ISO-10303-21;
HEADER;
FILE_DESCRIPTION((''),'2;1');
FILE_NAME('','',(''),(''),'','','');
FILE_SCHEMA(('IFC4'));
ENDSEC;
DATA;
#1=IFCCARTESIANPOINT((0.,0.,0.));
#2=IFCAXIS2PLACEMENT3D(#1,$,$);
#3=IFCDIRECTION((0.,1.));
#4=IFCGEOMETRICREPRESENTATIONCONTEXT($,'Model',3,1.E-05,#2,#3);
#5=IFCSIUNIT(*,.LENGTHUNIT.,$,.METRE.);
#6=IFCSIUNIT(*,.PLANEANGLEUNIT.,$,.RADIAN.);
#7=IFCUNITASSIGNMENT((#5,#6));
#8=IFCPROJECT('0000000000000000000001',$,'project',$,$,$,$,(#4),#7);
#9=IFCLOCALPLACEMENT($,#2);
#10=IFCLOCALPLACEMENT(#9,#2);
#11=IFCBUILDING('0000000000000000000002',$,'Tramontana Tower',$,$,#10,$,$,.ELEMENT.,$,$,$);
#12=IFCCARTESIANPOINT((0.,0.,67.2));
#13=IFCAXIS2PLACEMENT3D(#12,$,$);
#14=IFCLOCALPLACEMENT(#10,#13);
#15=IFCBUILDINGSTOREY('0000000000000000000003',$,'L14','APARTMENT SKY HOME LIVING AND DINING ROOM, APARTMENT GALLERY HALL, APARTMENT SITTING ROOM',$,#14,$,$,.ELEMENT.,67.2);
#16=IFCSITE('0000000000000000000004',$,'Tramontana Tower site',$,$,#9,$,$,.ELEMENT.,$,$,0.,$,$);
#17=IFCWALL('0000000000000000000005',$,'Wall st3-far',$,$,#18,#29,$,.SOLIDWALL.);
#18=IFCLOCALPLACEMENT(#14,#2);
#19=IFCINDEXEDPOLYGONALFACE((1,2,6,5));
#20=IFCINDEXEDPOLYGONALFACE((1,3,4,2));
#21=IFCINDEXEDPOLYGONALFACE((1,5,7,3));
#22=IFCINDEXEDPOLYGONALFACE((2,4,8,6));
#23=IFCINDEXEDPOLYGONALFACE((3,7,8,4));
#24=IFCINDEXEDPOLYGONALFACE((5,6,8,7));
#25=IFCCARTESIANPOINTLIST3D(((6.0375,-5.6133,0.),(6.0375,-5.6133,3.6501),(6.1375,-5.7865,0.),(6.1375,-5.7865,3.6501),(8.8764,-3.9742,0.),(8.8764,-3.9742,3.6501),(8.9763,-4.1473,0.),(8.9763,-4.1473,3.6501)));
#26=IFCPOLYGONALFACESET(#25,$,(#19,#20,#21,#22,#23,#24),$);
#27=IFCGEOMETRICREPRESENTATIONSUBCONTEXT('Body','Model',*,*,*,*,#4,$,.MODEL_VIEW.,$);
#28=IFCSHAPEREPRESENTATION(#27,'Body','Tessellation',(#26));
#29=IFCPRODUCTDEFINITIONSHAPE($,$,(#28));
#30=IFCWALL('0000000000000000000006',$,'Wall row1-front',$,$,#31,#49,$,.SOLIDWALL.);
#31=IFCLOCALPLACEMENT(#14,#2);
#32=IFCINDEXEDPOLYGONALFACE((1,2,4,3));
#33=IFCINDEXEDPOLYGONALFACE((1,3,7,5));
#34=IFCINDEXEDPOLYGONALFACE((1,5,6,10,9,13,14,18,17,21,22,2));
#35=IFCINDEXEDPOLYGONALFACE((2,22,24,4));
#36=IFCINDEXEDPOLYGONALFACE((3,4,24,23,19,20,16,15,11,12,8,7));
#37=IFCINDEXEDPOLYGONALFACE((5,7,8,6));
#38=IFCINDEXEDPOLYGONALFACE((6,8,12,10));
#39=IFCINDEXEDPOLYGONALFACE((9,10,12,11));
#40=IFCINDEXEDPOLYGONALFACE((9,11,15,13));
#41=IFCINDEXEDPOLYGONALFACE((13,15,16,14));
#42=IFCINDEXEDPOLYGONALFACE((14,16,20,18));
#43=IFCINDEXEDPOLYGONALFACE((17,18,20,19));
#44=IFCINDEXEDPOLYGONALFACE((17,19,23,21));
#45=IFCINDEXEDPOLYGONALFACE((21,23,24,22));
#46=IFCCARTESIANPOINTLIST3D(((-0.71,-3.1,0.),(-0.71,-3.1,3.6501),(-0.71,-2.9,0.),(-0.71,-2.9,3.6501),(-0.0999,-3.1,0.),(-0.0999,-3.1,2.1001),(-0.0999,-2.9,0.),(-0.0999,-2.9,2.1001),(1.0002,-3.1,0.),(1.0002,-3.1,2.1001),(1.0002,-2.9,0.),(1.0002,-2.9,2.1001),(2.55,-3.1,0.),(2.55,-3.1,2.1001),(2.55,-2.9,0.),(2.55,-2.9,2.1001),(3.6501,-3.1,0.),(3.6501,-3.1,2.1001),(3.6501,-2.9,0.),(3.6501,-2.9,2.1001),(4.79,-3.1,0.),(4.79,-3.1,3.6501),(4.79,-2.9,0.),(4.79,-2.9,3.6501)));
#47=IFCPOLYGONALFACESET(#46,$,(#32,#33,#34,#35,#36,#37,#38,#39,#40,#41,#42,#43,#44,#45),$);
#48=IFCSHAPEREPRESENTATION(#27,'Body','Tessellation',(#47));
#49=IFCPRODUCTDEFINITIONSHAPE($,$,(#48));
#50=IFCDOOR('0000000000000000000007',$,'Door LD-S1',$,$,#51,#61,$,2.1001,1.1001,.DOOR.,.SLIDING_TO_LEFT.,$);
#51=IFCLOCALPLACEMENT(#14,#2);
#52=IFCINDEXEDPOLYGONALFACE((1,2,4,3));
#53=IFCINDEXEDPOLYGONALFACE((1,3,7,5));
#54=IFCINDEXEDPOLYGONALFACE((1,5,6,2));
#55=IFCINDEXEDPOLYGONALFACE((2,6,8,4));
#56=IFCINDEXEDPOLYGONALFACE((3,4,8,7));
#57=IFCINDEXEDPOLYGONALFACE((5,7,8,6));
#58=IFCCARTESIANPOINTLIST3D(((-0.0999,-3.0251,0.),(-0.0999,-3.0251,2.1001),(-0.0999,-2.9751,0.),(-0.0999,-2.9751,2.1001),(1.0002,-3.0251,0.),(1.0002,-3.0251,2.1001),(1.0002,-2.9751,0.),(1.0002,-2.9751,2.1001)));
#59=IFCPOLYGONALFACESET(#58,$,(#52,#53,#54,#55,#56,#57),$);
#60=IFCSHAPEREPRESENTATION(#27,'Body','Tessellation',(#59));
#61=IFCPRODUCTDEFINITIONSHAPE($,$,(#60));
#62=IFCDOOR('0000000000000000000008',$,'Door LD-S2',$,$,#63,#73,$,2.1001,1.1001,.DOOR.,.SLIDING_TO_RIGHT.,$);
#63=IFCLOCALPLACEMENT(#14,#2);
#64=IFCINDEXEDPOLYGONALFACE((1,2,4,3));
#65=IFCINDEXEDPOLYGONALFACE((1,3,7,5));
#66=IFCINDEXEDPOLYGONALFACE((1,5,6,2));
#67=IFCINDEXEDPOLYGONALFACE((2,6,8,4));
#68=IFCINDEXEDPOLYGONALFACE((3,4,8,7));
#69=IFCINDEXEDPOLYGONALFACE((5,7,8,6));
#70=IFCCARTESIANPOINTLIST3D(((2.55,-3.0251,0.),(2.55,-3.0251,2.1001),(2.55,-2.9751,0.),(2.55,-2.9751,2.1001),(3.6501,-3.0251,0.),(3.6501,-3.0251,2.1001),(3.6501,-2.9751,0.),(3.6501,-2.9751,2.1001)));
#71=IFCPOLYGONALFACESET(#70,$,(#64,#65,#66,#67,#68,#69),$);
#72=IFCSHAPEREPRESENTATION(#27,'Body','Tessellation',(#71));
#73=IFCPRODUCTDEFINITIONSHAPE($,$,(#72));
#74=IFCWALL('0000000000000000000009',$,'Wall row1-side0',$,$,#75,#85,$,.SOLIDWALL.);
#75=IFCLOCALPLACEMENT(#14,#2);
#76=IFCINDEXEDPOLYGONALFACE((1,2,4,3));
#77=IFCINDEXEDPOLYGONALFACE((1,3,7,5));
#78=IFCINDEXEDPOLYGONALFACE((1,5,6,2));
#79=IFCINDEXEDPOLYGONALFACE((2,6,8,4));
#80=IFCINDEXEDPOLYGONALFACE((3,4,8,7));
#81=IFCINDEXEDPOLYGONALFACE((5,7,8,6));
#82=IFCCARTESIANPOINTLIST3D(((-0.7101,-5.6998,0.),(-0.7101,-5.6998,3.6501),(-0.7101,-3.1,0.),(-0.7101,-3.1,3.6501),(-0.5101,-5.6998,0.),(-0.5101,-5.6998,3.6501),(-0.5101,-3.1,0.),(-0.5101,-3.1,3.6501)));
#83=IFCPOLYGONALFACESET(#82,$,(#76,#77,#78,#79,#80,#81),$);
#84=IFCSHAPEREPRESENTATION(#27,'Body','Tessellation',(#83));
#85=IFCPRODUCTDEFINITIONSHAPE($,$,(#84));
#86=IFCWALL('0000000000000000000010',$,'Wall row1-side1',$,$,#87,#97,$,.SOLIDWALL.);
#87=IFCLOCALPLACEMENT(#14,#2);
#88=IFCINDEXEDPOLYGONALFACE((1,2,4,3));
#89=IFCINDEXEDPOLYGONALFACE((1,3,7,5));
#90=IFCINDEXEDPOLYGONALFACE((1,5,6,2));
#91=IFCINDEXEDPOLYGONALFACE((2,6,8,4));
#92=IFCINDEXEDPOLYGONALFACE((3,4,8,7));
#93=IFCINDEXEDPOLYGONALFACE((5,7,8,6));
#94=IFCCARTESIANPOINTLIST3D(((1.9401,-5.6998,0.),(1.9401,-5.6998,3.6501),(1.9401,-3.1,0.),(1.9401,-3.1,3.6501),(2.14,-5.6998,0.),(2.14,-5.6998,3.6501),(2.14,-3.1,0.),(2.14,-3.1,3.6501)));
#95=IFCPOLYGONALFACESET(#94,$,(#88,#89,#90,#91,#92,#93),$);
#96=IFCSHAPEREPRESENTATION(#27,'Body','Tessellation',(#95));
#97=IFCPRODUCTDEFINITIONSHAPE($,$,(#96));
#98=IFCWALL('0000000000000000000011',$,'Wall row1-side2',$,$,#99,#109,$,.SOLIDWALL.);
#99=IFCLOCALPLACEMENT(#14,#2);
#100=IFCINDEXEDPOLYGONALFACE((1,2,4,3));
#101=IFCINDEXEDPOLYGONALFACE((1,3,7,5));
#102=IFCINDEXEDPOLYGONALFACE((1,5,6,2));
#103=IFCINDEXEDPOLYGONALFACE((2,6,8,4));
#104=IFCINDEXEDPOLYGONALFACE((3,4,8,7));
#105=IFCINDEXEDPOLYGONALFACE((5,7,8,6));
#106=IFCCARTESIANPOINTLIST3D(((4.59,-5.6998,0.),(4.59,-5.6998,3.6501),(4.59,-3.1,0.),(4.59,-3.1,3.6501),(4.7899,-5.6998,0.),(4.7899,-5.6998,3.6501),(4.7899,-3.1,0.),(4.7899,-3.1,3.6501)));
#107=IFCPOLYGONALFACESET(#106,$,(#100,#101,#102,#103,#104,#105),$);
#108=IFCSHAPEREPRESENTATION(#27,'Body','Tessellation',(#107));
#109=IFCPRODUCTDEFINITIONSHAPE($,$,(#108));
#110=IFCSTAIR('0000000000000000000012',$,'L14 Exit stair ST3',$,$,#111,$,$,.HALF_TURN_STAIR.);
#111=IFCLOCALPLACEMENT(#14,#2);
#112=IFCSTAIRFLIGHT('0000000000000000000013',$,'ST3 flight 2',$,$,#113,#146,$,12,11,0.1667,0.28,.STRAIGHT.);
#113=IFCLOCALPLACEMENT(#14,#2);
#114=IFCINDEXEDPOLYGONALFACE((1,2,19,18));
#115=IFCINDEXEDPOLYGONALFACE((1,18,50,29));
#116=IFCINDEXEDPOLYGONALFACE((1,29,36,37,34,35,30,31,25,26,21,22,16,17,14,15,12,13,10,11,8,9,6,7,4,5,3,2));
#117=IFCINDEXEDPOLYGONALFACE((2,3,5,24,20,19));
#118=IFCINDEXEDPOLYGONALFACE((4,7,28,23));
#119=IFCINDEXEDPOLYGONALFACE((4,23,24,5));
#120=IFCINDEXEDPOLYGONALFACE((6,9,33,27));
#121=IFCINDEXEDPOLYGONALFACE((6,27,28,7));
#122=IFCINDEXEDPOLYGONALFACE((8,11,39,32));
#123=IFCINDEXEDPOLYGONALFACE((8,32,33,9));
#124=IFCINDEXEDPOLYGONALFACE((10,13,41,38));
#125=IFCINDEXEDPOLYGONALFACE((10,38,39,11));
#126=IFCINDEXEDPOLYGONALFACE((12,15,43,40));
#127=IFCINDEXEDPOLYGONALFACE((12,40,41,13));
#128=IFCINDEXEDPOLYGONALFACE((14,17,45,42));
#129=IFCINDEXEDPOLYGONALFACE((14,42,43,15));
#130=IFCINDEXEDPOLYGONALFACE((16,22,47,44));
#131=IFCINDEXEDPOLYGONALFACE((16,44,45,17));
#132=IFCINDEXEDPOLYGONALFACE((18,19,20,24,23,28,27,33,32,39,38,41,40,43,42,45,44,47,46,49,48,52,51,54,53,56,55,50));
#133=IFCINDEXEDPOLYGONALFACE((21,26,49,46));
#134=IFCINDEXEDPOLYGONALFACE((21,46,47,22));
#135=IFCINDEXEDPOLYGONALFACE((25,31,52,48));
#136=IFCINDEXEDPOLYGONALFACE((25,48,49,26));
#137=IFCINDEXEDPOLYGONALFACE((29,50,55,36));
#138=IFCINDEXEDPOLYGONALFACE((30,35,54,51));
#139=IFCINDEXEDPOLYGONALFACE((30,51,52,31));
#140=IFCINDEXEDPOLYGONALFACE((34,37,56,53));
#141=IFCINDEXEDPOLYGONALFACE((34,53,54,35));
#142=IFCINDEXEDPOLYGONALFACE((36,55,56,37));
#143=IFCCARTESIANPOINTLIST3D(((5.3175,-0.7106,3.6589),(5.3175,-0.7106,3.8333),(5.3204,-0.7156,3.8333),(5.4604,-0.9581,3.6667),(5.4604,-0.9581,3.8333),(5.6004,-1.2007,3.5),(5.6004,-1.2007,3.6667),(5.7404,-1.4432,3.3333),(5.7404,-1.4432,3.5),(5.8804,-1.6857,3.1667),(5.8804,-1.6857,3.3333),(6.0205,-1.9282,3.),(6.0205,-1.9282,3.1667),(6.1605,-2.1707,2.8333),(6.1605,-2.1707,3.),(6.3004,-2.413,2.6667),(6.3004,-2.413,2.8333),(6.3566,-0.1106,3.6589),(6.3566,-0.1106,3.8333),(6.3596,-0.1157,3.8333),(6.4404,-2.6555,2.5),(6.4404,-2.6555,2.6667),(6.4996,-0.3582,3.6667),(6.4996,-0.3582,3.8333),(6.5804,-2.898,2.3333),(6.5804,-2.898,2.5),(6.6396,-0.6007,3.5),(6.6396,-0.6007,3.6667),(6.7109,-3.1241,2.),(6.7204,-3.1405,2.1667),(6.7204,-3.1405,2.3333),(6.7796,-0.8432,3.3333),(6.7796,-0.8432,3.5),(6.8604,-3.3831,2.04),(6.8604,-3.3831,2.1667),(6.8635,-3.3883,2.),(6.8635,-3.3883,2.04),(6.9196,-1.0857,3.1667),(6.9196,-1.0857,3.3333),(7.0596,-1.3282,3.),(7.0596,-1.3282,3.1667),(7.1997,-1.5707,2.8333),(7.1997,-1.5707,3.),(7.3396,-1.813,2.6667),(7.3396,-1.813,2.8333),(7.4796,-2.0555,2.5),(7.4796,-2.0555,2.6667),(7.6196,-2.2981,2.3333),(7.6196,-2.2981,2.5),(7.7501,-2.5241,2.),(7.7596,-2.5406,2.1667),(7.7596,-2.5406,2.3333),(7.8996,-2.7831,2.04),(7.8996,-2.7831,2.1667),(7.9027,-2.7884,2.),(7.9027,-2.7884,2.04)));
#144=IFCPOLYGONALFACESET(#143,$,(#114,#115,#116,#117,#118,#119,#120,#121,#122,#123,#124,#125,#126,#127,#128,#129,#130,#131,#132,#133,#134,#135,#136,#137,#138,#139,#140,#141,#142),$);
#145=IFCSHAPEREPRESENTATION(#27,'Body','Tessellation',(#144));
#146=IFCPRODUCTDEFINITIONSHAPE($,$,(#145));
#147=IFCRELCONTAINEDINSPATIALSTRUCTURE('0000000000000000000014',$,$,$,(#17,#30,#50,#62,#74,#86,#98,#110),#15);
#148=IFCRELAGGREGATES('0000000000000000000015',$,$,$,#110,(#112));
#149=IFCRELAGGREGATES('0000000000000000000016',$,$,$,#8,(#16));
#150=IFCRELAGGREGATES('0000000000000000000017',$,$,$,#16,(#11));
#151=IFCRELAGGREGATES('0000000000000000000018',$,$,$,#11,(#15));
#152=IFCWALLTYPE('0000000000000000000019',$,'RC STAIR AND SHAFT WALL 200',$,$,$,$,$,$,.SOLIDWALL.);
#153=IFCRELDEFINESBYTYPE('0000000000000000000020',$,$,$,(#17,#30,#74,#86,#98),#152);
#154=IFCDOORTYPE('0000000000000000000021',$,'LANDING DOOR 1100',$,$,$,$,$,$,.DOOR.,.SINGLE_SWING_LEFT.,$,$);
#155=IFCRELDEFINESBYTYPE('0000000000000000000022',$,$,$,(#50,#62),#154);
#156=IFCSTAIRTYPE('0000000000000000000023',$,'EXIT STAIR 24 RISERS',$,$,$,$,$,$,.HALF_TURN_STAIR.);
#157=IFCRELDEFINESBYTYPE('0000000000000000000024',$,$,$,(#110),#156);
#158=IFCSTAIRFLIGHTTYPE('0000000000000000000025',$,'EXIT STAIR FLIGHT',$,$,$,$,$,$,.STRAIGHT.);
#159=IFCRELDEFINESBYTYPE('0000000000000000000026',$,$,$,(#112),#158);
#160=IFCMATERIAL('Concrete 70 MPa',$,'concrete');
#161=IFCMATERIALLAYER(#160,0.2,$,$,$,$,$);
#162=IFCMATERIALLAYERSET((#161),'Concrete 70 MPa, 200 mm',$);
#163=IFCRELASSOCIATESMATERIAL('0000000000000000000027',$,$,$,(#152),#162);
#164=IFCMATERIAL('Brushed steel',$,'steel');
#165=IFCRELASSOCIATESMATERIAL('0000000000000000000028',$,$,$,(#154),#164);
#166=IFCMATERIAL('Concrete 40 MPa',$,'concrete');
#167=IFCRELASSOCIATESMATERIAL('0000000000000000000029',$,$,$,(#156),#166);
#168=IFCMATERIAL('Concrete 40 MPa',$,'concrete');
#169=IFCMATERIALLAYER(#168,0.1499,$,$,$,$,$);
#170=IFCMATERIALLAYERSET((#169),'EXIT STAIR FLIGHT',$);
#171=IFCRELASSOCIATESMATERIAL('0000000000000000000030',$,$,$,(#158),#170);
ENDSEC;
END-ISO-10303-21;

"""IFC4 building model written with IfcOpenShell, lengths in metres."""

from ifc_helpers import new_model, si_unit, direction, frame, frame_2d, origin, place, context, subcontext, project, spatial, polyline, rectangle, outline, extrude, material, layer, layer_set, type_object, element, fill, aggregate, save


model = new_model("IFC4")

# Units and contexts
model_context = context("Model", 3, precision=1e-05, world=origin(), true_north=direction((0.0, 1.0)))
body_context = subcontext(model_context, "Body", "Model", "MODEL_VIEW")
ifc_project = project(units=[si_unit("LENGTHUNIT", "METRE"), si_unit("PLANEANGLEUNIT", "RADIAN")], contexts=[model_context])

# Site, building, storey
site_placement = place(None, origin())
site = spatial("IfcSite", under=ifc_project, at=site_placement, Name="Tramontana Tower site", CompositionType="ELEMENT", RefElevation=0.0)
building_placement = place(site_placement, origin())
building = spatial("IfcBuilding", under=site, at=building_placement, Name="Tramontana Tower", CompositionType="ELEMENT")
storey_placement = place(building_placement, frame((0.0, 0.0, 67.2)))
storey = spatial("IfcBuildingStorey", under=building, at=storey_placement, Name="L14", Description="APARTMENT SKY HOME LIVING AND DINING ROOM, APARTMENT GALLERY HALL, APARTMENT SITTING ROOM", CompositionType="ELEMENT", Elevation=67.2)

# Wall
ifc_material_1 = material(Name="Concrete 70 MPa", Category="concrete")
ifc_layer_1 = layer(ifc_material_1, 0.2)
ifc_layer_set_1 = layer_set([ifc_layer_1], Name="Concrete 70 MPa, 200 mm")
wall_type_1 = type_object("IfcWallType", Name="RC STAIR AND SHAFT WALL 200", PredefinedType="SOLIDWALL", material=ifc_layer_set_1)
wall_1_placement = place(storey_placement, frame((6.0874, -5.7, 0.0), z_axis=(0.0, 0.0, 1.0), x_axis=(0.866007, 0.500032, 0.0)))
element("IfcWall", 1, at=wall_1_placement, inside=storey, type_object=wall_type_1, Name="Wall st3-far", PredefinedType="SOLIDWALL", context=body_context, shape_type="SweptSolid", body=[
    extrude(rectangle(XDim=3.2781, YDim=0.2, at=frame_2d((1.6392, 0.0))), origin(), (0.0, 0.0, 1.0), 3.6501),
])

# Wall, openings, doors
wall_2_placement = place(storey_placement, frame((-0.71, -3.0, 0.0), z_axis=(0.0, 0.0, 1.0), x_axis=(1.0, 0.0, 0.0)))
wall_2 = element("IfcWall", 2, at=wall_2_placement, inside=storey, type_object=wall_type_1, Name="Wall row1-front", PredefinedType="SOLIDWALL", context=body_context, shape_type="SweptSolid", body=[
    extrude(rectangle(XDim=5.5, YDim=0.2, at=frame_2d((2.75, 0.0))), origin(), (0.0, 0.0, 1.0), 3.6501),
])
opening_1_placement = place(wall_2_placement, frame((0.6101, 0.0, 0.0)))
opening_1 = element("IfcOpeningElement", 3, at=opening_1_placement, cuts=wall_2, PredefinedType="OPENING", context=body_context, shape_type="SweptSolid", body=[
    extrude(rectangle(XDim=1.1001, YDim=2.1001, at=frame_2d((0.55, 1.05))), frame((0.0, 0.1099, 0.0), z_axis=(0.0, -1.0, 0.0), x_axis=(1.0, 0.0, 0.0)), (0.0, 0.0, 1.0), 0.22),
])
opening_2_placement = place(wall_2_placement, frame((3.26, 0.0, 0.0)))
opening_2 = element("IfcOpeningElement", 4, at=opening_2_placement, cuts=wall_2, PredefinedType="OPENING", context=body_context, shape_type="SweptSolid", body=[
    extrude(rectangle(XDim=1.1001, YDim=2.1001, at=frame_2d((0.55, 1.05))), frame((0.0, 0.1099, 0.0), z_axis=(0.0, -1.0, 0.0), x_axis=(1.0, 0.0, 0.0)), (0.0, 0.0, 1.0), 0.22),
])
ifc_material_2 = material(Name="Brushed steel", Category="steel")
door_type_1 = type_object("IfcDoorType", Name="LANDING DOOR 1100", OperationType="SINGLE_SWING_LEFT", PredefinedType="DOOR", material=ifc_material_2)
door_1_placement = place(opening_1_placement, origin())
door_1 = element("IfcDoor", 5, at=door_1_placement, inside=storey, type_object=door_type_1, Name="Door LD-S1", OperationType="SLIDING_TO_LEFT", OverallHeight=2.1001, OverallWidth=1.1001, PredefinedType="DOOR", context=body_context, shape_type="SweptSolid", body=[
    extrude(rectangle(XDim=1.1001, YDim=2.1001, at=frame_2d((0.55, 1.05))), frame((0.0, 0.0249, 0.0), z_axis=(0.0, -1.0, 0.0), x_axis=(1.0, 0.0, 0.0)), (0.0, 0.0, 1.0), 0.05),
])
fill(opening_1, door_1)
door_2_placement = place(opening_2_placement, origin())
door_2 = element("IfcDoor", 6, at=door_2_placement, inside=storey, type_object=door_type_1, Name="Door LD-S2", OperationType="SLIDING_TO_RIGHT", OverallHeight=2.1001, OverallWidth=1.1001, PredefinedType="DOOR", context=body_context, shape_type="SweptSolid", body=[
    extrude(rectangle(XDim=1.1001, YDim=2.1001, at=frame_2d((0.55, 1.05))), frame((0.0, 0.0249, 0.0), z_axis=(0.0, -1.0, 0.0), x_axis=(1.0, 0.0, 0.0)), (0.0, 0.0, 1.0), 0.05),
])
fill(opening_2, door_2)

# Walls
for number, where, z_axis, x_axis, name in (
    (7, (-0.6101, -3.1001, 0.0), (0.0, 0.0, 1.0), (0.0, -1.0, 0.0), "Wall row1-side0"),
    (8, (2.04, -3.1001, 0.0), (0.0, 0.0, 1.0), (0.0, -1.0, 0.0), "Wall row1-side1"),
    (9, (4.6899, -3.1001, 0.0), (0.0, 0.0, 1.0), (0.0, -1.0, 0.0), "Wall row1-side2"),
):
    element("IfcWall", number, at=place(storey_placement, frame(where, z_axis=z_axis, x_axis=x_axis)), inside=storey, type_object=wall_type_1, Name=name, PredefinedType="SOLIDWALL", context=body_context, shape_type="SweptSolid", body=[
        extrude(rectangle(XDim=2.5999, YDim=0.2, at=frame_2d((1.2998, 0.0))), origin(), (0.0, 0.0, 1.0), 3.6501),
    ])

# Stair, stair flight
ifc_material_3 = material(Name="Concrete 40 MPa", Category="concrete")
stair_type = type_object("IfcStairType", Name="EXIT STAIR 24 RISERS", PredefinedType="HALF_TURN_STAIR", material=ifc_material_3)
stair_placement = place(storey_placement, origin())
stair = element("IfcStair", 10, at=stair_placement, inside=storey, type_object=stair_type, Name="L14 Exit stair ST3", PredefinedType="HALF_TURN_STAIR")
ifc_material_4 = material(Name="Concrete 40 MPa", Category="concrete")
ifc_layer_2 = layer(ifc_material_4, 0.1499)
ifc_layer_set_2 = layer_set([ifc_layer_2], Name="EXIT STAIR FLIGHT")
stair_flight_type = type_object("IfcStairFlightType", Name="EXIT STAIR FLIGHT", PredefinedType="STRAIGHT", material=ifc_layer_set_2)
stair_flight_placement = place(storey_placement, frame((7.3801, -3.083, 2.0), z_axis=(0.0, 0.0, 1.0), x_axis=(-0.5, 0.866025, 0.0)))
stair_flight = element("IfcStairFlight", 11, at=stair_flight_placement, type_object=stair_flight_type, Name="ST3 flight 2", NumberOfRisers=12, NumberOfTreads=11, PredefinedType="STRAIGHT", RiserHeight=0.1667, TreadLength=0.28, context=body_context, shape_type="SweptSolid", body=[
    extrude(outline(polyline([(-0.0061, 0.0), (-0.0061, 0.04), (0.0, 0.04), (0.0, 0.1667), (0.28, 0.1667), (0.28, 0.3333), (0.5601, 0.3333), (0.5601, 0.5), (0.8401, 0.5), (0.8401, 0.6667), (1.1201, 0.6667), (1.1201, 0.8333), (1.3999, 0.8333), (1.3999, 1.0), (1.6799, 1.0), (1.6799, 1.1667), (1.96, 1.1667), (1.96, 1.3333), (2.24, 1.3333), (2.24, 1.5), (2.52, 1.5), (2.52, 1.6667), (2.8, 1.6667), (2.8, 1.8333), (3.0801, 1.8333), (3.0859, 1.8333), (3.0859, 1.6589), (0.2991, 0.0), (-0.0061, 0.0)])), frame((0.0, 0.6001, 0.0), z_axis=(0.0, -1.0, 0.0), x_axis=(1.0, 0.0, 0.0)), (0.0, 0.0, 1.0), 1.2),
])
aggregate(stair, [stair_flight])

save(model, "model.ifc")
